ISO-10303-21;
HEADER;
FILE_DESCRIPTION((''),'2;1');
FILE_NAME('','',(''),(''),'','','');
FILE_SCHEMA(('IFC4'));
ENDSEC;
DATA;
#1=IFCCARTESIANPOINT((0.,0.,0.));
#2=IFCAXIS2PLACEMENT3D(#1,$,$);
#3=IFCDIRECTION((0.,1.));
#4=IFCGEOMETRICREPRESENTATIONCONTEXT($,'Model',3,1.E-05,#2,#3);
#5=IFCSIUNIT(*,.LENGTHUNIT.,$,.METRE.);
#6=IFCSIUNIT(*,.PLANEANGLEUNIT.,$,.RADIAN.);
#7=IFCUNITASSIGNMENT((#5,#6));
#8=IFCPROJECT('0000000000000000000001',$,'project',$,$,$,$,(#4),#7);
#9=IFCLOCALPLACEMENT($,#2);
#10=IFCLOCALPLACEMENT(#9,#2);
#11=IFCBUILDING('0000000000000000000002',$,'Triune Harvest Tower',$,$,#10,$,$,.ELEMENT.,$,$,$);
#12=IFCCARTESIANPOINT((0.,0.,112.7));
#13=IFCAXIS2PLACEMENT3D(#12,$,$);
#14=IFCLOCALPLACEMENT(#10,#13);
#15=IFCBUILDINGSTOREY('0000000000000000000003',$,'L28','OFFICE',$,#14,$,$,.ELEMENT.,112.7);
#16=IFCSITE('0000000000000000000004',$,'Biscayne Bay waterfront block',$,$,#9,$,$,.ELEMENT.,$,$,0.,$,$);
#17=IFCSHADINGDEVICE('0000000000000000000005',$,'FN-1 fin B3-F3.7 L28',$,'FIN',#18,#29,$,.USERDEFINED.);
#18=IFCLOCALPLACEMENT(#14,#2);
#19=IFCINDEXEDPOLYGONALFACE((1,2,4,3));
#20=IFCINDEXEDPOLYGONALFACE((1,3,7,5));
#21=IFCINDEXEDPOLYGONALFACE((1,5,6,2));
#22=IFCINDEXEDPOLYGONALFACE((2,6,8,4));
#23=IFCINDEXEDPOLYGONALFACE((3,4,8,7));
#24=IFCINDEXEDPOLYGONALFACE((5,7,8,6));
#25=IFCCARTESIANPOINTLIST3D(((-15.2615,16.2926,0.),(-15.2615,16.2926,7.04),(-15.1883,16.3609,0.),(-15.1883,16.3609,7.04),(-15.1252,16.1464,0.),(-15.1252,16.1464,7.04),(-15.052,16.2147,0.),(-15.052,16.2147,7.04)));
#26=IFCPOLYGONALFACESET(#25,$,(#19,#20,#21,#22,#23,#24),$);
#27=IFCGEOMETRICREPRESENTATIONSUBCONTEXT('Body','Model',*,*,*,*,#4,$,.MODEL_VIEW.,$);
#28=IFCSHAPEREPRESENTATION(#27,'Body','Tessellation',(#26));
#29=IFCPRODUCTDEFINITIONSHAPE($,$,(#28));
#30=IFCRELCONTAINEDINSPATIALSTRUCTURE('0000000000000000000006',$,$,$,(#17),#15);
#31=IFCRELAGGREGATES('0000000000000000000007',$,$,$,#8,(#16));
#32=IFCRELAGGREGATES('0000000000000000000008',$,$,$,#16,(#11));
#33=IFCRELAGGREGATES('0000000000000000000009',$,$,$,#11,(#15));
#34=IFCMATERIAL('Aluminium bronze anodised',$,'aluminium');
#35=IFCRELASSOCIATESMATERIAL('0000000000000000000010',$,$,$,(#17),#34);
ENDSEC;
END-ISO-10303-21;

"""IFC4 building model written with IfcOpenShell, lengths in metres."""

from ifc_helpers import new_model, si_unit, direction, frame, origin, origin_2d, place, context, subcontext, project, spatial, rectangle, extrude, source, transform, mapped, material, element, save


model = new_model("IFC4")

# Units and contexts
model_context = context("Model", 3, precision=1e-05, world=origin(), true_north=direction((0.0, 1.0)))
body_context = subcontext(model_context, "Body", "Model", "MODEL_VIEW")
ifc_project = project(units=[si_unit("LENGTHUNIT", "METRE"), si_unit("PLANEANGLEUNIT", "RADIAN")], contexts=[model_context])

# Site, building, storey
site_placement = place(None, origin())
site = spatial("IfcSite", under=ifc_project, at=site_placement, Name="Biscayne Bay waterfront block", CompositionType="ELEMENT", RefElevation=0.0)
building_placement = place(site_placement, origin())
building = spatial("IfcBuilding", under=site, at=building_placement, Name="Triune Harvest Tower", CompositionType="ELEMENT")
storey_placement = place(building_placement, frame((0.0, 0.0, 112.7)))
storey = spatial("IfcBuildingStorey", under=building, at=storey_placement, Name="L28", Description="OFFICE", CompositionType="ELEMENT", Elevation=112.7)

# Shading device
ifc_material_1 = material(Name="Aluminium bronze anodised", Category="aluminium")
shared_shape_1 = source(origin(), body_context, "Body", "SweptSolid", [
    extrude(rectangle(XDim=0.1001, YDim=0.2, at=origin_2d()), origin(), (0.0, 0.0, 1.0), 7.04),
])
shading_device_placement = place(storey_placement, frame((-15.1567, 16.2537, 0.0), z_axis=(0.0, 0.0, 1.0), x_axis=(-0.731353, -0.681999, 0.0)))
element("IfcShadingDevice", 1, at=shading_device_placement, inside=storey, material=ifc_material_1, Name="FN-1 fin B3-F3.7 L28", ObjectType="FIN", PredefinedType="USERDEFINED", context=body_context, shape_type="MappedRepresentation", body=[
    mapped(shared_shape_1, transform((0.0, 0.0, 0.0), scale=1.0)),
])

save(model, "model.ifc")
